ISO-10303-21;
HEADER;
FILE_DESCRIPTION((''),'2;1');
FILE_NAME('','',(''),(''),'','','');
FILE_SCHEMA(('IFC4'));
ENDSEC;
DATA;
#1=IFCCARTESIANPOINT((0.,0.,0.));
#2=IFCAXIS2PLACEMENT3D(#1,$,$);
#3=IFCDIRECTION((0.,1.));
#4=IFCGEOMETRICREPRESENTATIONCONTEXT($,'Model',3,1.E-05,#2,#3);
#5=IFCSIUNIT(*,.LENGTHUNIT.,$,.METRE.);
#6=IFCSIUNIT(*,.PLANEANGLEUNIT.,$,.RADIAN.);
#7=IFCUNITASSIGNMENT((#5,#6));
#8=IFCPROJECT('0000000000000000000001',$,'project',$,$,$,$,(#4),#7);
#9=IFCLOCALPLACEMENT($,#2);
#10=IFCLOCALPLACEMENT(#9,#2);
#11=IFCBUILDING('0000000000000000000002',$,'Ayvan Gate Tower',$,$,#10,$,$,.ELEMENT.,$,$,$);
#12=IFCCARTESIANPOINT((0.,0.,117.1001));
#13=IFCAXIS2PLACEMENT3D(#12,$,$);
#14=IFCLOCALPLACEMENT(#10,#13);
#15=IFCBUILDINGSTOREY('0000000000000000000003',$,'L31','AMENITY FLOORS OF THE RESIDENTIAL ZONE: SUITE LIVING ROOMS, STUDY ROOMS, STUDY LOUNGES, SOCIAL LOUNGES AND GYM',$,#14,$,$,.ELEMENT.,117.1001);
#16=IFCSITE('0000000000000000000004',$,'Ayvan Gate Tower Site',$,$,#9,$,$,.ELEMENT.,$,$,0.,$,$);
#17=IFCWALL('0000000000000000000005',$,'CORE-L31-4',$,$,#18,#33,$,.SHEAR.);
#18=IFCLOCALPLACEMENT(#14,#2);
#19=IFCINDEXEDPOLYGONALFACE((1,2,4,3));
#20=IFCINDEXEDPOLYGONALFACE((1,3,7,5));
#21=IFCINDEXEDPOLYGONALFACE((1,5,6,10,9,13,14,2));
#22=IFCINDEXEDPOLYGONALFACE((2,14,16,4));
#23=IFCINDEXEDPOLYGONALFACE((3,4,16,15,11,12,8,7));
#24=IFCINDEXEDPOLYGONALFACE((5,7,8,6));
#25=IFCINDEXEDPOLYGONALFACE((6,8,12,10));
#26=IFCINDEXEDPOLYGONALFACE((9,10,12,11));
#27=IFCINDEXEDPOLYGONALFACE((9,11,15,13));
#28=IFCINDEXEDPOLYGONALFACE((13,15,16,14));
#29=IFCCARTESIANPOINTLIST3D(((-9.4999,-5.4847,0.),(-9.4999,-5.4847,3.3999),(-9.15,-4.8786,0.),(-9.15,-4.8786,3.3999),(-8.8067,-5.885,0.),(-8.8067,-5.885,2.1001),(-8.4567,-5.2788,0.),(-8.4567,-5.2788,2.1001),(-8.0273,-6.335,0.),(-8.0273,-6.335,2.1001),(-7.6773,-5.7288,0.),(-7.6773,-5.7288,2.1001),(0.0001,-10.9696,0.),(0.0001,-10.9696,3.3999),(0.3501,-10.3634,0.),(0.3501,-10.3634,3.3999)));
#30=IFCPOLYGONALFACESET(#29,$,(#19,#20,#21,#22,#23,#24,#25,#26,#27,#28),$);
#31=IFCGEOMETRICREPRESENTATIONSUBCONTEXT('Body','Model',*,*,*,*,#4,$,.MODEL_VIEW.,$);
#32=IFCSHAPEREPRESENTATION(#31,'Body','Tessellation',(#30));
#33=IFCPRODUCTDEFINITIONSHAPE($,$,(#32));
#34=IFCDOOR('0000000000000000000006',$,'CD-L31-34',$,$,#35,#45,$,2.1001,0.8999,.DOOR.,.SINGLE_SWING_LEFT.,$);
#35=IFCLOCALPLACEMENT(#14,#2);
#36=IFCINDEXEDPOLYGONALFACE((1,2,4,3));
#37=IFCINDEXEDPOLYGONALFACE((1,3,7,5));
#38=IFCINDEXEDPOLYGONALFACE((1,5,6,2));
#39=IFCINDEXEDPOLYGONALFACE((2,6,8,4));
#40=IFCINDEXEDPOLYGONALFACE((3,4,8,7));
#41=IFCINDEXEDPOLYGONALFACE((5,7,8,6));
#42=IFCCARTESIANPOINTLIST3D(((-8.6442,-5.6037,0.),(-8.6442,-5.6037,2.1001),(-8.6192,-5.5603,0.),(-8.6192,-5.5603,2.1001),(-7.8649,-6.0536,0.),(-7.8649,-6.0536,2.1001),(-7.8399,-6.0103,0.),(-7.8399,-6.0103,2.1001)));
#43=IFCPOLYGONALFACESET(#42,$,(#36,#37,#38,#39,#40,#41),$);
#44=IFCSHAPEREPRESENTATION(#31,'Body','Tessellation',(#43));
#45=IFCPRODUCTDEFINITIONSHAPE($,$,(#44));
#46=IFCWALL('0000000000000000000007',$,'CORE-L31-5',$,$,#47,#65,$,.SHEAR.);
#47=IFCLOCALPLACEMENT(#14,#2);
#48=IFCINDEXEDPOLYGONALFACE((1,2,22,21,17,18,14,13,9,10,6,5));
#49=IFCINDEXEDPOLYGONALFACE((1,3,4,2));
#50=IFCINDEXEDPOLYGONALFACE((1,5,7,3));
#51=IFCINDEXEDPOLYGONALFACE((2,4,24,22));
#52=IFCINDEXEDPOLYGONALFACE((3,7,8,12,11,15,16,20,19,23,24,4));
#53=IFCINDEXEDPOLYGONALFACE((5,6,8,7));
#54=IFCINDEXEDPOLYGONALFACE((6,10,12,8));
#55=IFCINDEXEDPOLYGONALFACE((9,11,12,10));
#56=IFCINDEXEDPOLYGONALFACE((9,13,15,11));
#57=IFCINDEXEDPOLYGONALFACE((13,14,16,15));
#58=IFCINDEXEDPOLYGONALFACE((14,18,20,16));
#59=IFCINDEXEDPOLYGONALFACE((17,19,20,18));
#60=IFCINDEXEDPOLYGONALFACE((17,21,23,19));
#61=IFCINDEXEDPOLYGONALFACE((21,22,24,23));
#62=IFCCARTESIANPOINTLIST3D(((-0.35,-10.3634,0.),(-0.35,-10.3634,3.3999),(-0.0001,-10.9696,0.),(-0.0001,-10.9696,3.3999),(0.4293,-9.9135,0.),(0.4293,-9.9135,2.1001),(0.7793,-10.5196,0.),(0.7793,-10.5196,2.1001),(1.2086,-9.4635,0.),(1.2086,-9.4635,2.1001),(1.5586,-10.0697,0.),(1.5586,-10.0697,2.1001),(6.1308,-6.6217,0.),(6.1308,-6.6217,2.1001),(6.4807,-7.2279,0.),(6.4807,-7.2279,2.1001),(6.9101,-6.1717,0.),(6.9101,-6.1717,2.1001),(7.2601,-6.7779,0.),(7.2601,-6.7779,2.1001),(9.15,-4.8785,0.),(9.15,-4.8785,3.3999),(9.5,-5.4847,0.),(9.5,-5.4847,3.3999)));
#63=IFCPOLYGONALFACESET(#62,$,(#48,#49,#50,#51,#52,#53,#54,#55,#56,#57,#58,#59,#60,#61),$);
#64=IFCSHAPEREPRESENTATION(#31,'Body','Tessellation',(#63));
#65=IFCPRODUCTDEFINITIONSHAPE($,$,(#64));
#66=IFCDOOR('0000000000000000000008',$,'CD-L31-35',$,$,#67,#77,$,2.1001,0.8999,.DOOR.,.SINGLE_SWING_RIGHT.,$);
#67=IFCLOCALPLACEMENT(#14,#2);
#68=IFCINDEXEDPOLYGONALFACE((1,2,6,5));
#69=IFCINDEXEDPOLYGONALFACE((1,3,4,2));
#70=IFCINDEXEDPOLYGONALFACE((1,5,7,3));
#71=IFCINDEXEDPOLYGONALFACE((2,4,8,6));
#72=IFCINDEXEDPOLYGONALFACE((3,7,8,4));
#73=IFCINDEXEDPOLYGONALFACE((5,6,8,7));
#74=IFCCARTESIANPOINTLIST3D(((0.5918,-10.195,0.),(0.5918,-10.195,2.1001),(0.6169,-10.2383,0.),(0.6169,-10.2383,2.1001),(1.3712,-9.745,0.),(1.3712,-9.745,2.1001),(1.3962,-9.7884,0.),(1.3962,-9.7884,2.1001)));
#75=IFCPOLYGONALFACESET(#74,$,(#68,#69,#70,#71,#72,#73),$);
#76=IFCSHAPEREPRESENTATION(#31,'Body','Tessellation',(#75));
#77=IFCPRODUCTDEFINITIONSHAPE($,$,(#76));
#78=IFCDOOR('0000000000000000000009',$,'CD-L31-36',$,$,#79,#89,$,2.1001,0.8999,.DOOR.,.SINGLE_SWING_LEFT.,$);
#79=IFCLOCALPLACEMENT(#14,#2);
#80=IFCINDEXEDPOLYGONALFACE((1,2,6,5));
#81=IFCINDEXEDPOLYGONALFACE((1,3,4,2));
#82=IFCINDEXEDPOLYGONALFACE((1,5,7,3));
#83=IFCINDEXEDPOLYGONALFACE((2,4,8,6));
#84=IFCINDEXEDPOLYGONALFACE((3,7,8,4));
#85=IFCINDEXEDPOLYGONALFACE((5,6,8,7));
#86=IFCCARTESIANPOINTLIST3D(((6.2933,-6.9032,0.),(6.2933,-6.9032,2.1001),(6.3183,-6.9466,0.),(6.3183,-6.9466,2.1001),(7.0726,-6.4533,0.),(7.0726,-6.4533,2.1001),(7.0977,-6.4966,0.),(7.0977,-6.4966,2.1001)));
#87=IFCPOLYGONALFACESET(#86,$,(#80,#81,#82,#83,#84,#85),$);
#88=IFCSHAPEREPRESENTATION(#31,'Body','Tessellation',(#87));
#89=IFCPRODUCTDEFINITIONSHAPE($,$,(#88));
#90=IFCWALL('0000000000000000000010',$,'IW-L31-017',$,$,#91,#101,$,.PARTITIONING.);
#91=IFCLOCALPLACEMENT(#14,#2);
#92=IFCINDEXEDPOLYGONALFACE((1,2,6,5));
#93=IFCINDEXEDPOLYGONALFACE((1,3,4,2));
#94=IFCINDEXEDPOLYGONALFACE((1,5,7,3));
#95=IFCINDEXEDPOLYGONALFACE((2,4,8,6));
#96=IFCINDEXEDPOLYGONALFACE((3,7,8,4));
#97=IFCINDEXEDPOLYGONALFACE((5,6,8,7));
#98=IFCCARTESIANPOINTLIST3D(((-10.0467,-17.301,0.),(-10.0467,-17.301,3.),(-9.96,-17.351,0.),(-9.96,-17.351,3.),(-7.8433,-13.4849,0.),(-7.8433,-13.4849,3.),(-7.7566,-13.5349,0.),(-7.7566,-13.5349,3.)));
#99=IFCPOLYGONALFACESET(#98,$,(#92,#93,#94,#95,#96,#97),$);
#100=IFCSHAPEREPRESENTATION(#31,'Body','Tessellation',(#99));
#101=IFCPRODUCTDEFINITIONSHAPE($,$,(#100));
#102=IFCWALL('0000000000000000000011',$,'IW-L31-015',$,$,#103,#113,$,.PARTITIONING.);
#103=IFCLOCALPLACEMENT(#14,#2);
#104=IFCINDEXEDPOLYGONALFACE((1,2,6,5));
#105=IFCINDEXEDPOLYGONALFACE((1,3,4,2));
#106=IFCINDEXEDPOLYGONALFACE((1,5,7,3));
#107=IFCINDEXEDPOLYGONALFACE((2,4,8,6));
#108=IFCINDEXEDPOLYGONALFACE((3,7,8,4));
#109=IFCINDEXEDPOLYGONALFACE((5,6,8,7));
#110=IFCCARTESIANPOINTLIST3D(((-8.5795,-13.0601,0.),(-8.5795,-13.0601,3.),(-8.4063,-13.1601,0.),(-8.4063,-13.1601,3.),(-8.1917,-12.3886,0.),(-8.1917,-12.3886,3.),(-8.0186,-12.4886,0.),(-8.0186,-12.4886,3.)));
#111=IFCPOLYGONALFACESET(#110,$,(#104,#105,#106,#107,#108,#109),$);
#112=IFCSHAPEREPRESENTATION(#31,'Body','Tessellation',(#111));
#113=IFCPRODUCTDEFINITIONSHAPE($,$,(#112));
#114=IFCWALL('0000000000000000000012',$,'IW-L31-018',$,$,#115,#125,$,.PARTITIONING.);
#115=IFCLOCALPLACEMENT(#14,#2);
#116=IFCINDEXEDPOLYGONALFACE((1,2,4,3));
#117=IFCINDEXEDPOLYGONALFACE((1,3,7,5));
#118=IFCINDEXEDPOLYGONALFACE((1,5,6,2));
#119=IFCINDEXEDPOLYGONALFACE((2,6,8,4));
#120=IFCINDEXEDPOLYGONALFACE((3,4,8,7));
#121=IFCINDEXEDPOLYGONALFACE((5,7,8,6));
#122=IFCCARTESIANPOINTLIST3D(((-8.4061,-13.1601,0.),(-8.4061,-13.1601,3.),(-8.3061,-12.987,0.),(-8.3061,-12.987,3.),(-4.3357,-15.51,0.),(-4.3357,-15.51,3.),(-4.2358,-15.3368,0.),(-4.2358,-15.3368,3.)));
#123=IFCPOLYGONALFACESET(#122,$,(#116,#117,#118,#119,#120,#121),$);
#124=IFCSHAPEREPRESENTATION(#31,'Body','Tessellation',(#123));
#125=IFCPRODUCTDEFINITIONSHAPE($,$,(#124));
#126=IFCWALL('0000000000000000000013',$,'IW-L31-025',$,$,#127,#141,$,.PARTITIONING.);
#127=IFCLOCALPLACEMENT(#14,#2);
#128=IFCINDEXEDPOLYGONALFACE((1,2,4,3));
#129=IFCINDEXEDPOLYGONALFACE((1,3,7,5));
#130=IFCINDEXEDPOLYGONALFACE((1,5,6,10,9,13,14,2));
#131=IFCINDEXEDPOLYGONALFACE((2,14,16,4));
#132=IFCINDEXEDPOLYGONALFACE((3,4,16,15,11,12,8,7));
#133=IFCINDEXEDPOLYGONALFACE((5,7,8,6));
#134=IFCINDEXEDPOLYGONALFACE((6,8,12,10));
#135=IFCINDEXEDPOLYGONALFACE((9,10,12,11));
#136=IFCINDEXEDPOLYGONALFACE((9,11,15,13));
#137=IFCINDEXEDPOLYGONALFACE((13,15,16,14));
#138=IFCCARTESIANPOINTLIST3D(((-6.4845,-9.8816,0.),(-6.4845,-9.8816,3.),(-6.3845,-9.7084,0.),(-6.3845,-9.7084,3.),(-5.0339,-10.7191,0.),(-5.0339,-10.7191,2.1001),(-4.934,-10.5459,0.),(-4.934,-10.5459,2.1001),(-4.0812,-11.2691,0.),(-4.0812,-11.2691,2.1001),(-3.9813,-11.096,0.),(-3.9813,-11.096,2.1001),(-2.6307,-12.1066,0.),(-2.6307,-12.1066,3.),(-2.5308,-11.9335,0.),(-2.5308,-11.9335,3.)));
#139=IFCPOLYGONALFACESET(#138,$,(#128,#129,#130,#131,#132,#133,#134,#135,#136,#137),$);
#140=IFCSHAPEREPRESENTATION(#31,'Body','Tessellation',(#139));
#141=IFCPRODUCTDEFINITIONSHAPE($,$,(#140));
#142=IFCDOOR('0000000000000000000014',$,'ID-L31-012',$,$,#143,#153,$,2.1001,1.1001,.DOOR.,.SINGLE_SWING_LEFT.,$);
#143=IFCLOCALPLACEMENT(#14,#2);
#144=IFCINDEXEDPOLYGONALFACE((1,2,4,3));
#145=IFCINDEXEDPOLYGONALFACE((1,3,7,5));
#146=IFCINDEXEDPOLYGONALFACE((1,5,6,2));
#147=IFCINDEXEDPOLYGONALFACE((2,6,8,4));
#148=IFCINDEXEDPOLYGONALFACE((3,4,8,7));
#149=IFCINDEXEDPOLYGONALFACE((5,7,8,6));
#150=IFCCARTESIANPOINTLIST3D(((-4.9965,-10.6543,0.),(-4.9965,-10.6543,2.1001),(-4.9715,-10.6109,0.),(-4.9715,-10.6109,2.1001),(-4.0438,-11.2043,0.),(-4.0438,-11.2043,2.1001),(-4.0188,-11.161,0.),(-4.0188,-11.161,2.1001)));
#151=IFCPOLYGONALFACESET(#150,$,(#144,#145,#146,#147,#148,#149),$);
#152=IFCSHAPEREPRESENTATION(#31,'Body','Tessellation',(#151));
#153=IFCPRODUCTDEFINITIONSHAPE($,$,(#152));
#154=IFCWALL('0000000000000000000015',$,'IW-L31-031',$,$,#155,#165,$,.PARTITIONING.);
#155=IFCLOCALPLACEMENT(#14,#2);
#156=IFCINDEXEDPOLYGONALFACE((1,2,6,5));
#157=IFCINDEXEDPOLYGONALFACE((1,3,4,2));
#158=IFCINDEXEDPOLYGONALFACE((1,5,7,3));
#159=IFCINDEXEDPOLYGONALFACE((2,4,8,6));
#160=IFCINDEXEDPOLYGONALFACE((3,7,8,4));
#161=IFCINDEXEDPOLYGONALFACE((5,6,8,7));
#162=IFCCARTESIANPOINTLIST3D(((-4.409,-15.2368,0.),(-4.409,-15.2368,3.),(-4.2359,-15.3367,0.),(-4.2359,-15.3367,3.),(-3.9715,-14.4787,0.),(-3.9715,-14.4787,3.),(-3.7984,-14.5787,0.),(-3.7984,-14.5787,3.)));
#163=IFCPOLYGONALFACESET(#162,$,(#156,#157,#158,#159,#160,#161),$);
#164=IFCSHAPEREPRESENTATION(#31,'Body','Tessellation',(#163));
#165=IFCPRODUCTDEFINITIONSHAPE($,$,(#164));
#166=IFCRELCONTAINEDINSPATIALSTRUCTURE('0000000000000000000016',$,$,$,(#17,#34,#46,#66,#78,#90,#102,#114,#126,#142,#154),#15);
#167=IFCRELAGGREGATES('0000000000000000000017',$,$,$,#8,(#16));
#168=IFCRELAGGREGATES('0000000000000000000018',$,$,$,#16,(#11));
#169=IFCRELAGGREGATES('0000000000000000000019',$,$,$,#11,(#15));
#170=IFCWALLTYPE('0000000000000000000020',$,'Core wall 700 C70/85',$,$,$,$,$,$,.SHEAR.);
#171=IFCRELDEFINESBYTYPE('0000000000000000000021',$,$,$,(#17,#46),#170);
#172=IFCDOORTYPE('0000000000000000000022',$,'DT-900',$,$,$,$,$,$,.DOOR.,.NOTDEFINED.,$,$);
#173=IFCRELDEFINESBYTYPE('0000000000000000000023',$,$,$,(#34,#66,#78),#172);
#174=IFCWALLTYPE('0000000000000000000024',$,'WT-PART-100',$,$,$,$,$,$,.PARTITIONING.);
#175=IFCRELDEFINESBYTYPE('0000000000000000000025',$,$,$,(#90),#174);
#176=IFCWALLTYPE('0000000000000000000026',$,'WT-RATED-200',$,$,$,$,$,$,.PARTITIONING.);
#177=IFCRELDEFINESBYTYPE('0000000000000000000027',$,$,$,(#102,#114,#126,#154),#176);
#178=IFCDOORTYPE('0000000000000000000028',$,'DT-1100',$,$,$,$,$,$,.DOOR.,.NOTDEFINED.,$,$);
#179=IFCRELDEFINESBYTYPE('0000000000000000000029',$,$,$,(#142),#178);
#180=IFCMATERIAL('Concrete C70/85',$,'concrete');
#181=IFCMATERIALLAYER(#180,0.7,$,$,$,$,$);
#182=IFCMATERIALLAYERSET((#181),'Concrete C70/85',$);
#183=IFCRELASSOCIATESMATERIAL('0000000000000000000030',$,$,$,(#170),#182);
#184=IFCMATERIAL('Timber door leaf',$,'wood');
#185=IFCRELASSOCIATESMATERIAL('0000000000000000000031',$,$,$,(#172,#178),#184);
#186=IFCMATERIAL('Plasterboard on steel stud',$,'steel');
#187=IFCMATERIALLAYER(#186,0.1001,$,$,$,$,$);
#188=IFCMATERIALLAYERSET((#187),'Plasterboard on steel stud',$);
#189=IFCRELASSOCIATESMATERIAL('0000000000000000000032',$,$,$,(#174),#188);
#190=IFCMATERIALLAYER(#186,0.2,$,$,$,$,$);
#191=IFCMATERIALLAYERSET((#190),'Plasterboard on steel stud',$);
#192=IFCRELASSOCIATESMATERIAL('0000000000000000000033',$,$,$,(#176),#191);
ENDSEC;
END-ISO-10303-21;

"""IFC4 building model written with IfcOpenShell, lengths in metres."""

from ifc_helpers import new_model, si_unit, direction, frame, frame_2d, origin, place, context, subcontext, project, spatial, rectangle, extrude, material, layer, layer_set, type_object, element, fill, save


model = new_model("IFC4")

# Units and contexts
model_context = context("Model", 3, precision=1e-05, world=origin(), true_north=direction((0.0, 1.0)))
body_context = subcontext(model_context, "Body", "Model", "MODEL_VIEW")
ifc_project = project(units=[si_unit("LENGTHUNIT", "METRE"), si_unit("PLANEANGLEUNIT", "RADIAN")], contexts=[model_context])

# Site, building, storey
site_placement = place(None, origin())
site = spatial("IfcSite", under=ifc_project, at=site_placement, Name="Ayvan Gate Tower Site", CompositionType="ELEMENT", RefElevation=0.0)
building_placement = place(site_placement, origin())
building = spatial("IfcBuilding", under=site, at=building_placement, Name="Ayvan Gate Tower", CompositionType="ELEMENT")
storey_placement = place(building_placement, frame((0.0, 0.0, 117.1001)))
storey = spatial("IfcBuildingStorey", under=building, at=storey_placement, Name="L31", Description="AMENITY FLOORS OF THE RESIDENTIAL ZONE: SUITE LIVING ROOMS, STUDY ROOMS, STUDY LOUNGES, SOCIAL LOUNGES AND GYM", CompositionType="ELEMENT", Elevation=117.1001)

# Wall, opening, door
ifc_material_1 = material(Name="Concrete C70/85", Category="concrete")
ifc_layer_1 = layer(ifc_material_1, 0.7)
ifc_layer_set_1 = layer_set([ifc_layer_1], Name="Concrete C70/85")
wall_type_1 = type_object("IfcWallType", Name="Core wall 700 C70/85", PredefinedType="SHEAR", material=ifc_layer_set_1)
wall_1_placement = place(storey_placement, frame((-9.325, -5.1816, 0.0), z_axis=(0.0, 0.0, 1.0), x_axis=(0.866024, -0.500002, 0.0)))
wall_1 = element("IfcWall", 1, at=wall_1_placement, inside=storey, type_object=wall_type_1, Name="CORE-L31-4", PredefinedType="SHEAR", context=body_context, shape_type="SweptSolid", body=[
    extrude(rectangle(XDim=10.9697, YDim=0.7, at=frame_2d((5.4849, 0.0))), origin(), (0.0, 0.0, 1.0), 3.3999),
])
opening_1_placement = place(wall_1_placement, frame((0.8005, 0.0, 0.0)))
opening_1 = element("IfcOpeningElement", 2, at=opening_1_placement, cuts=wall_1, PredefinedType="OPENING", context=body_context, shape_type="SweptSolid", body=[
    extrude(rectangle(XDim=0.8999, YDim=2.1001, at=frame_2d((0.45, 1.05))), frame((0.0, 0.3599, 0.0), z_axis=(0.0, -1.0, 0.0), x_axis=(1.0, 0.0, 0.0)), (0.0, 0.0, 1.0), 0.72),
])
ifc_material_2 = material(Name="Timber door leaf", Category="wood")
door_type_1 = type_object("IfcDoorType", Name="DT-900", OperationType="NOTDEFINED", PredefinedType="DOOR", material=ifc_material_2)
door_1_placement = place(opening_1_placement, origin())
door_1 = element("IfcDoor", 3, at=door_1_placement, inside=storey, type_object=door_type_1, Name="CD-L31-34", OperationType="SINGLE_SWING_LEFT", OverallHeight=2.1001, OverallWidth=0.8999, PredefinedType="DOOR", context=body_context, shape_type="SweptSolid", body=[
    extrude(rectangle(XDim=0.8999, YDim=2.1001, at=frame_2d((0.45, 1.05))), frame((0.0, 0.0249, 0.0), z_axis=(0.0, -1.0, 0.0), x_axis=(1.0, 0.0, 0.0)), (0.0, 0.0, 1.0), 0.05),
])
fill(opening_1, door_1)

# Wall, openings, doors
wall_2_placement = place(storey_placement, frame((-0.175, -10.6665, 0.0), z_axis=(0.0, 0.0, 1.0), x_axis=(0.866024, 0.500002, 0.0)))
wall_2 = element("IfcWall", 4, at=wall_2_placement, inside=storey, type_object=wall_type_1, Name="CORE-L31-5", PredefinedType="SHEAR", context=body_context, shape_type="SweptSolid", body=[
    extrude(rectangle(XDim=10.9697, YDim=0.7, at=frame_2d((5.4849, 0.0))), origin(), (0.0, 0.0, 1.0), 3.3999),
])
opening_2_placement = place(wall_2_placement, frame((0.8999, 0.0, 0.0)))
opening_2 = element("IfcOpeningElement", 5, at=opening_2_placement, cuts=wall_2, PredefinedType="OPENING", context=body_context, shape_type="SweptSolid", body=[
    extrude(rectangle(XDim=0.8999, YDim=2.1001, at=frame_2d((0.45, 1.05))), frame((0.0, 0.3599, 0.0), z_axis=(0.0, -1.0, 0.0), x_axis=(1.0, 0.0, 0.0)), (0.0, 0.0, 1.0), 0.72),
])
opening_3_placement = place(wall_2_placement, frame((7.4834, 0.0, 0.0)))
opening_3 = element("IfcOpeningElement", 6, at=opening_3_placement, cuts=wall_2, PredefinedType="OPENING", context=body_context, shape_type="SweptSolid", body=[
    extrude(rectangle(XDim=0.8999, YDim=2.1001, at=frame_2d((0.45, 1.05))), frame((0.0, 0.3599, 0.0), z_axis=(0.0, -1.0, 0.0), x_axis=(1.0, 0.0, 0.0)), (0.0, 0.0, 1.0), 0.72),
])
door_2_placement = place(opening_2_placement, origin())
door_2 = element("IfcDoor", 7, at=door_2_placement, inside=storey, type_object=door_type_1, Name="CD-L31-35", OperationType="SINGLE_SWING_RIGHT", OverallHeight=2.1001, OverallWidth=0.8999, PredefinedType="DOOR", context=body_context, shape_type="SweptSolid", body=[
    extrude(rectangle(XDim=0.8999, YDim=2.1001, at=frame_2d((0.45, 1.05))), frame((0.0, 0.0249, 0.0), z_axis=(0.0, -1.0, 0.0), x_axis=(1.0, 0.0, 0.0)), (0.0, 0.0, 1.0), 0.05),
])
fill(opening_2, door_2)
door_3_placement = place(opening_3_placement, origin())
door_3 = element("IfcDoor", 8, at=door_3_placement, inside=storey, type_object=door_type_1, Name="CD-L31-36", OperationType="SINGLE_SWING_LEFT", OverallHeight=2.1001, OverallWidth=0.8999, PredefinedType="DOOR", context=body_context, shape_type="SweptSolid", body=[
    extrude(rectangle(XDim=0.8999, YDim=2.1001, at=frame_2d((0.45, 1.05))), frame((0.0, 0.0249, 0.0), z_axis=(0.0, -1.0, 0.0), x_axis=(1.0, 0.0, 0.0)), (0.0, 0.0, 1.0), 0.05),
])
fill(opening_3, door_3)

# Walls
ifc_material_3 = material(Name="Plasterboard on steel stud", Category="steel")
ifc_layer_2 = layer(ifc_material_3, 0.1001)
ifc_layer_set_2 = layer_set([ifc_layer_2], Name="Plasterboard on steel stud")
wall_type_2 = type_object("IfcWallType", Name="WT-PART-100", PredefinedType="PARTITIONING", material=ifc_layer_set_2)
wall_3_placement = place(storey_placement, frame((-7.8, -13.51, 0.0), z_axis=(0.0, 0.0, 1.0), x_axis=(-0.500018, -0.866015, 0.0)))
element("IfcWall", 9, at=wall_3_placement, inside=storey, type_object=wall_type_2, Name="IW-L31-017", PredefinedType="PARTITIONING", context=body_context, shape_type="SweptSolid", body=[
    extrude(rectangle(XDim=4.4065, YDim=0.1001, at=frame_2d((2.2031, 0.0))), origin(), (0.0, 0.0, 1.0), 3.0),
])
ifc_layer_3 = layer(ifc_material_3, 0.2)
ifc_layer_set_3 = layer_set([ifc_layer_3], Name="Plasterboard on steel stud")
wall_type_3 = type_object("IfcWallType", Name="WT-RATED-200", PredefinedType="PARTITIONING", material=ifc_layer_set_3)
wall_4_placement = place(storey_placement, frame((-8.4929, -13.1101, 0.0), z_axis=(0.0, 0.0, 1.0), x_axis=(0.500068, 0.865986, 0.0)))
element("IfcWall", 10, at=wall_4_placement, inside=storey, type_object=wall_type_3, Name="IW-L31-015", PredefinedType="PARTITIONING", context=body_context, shape_type="SweptSolid", body=[
    extrude(rectangle(XDim=0.7754, YDim=0.2, at=frame_2d((0.3877, 0.0))), origin(), (0.0, 0.0, 1.0), 3.0),
])
wall_5_placement = place(storey_placement, frame((-8.3562, -13.0735, 0.0), z_axis=(0.0, 0.0, 1.0), x_axis=(0.866039, -0.499977, 0.0)))
element("IfcWall", 11, at=wall_5_placement, inside=storey, type_object=wall_type_3, Name="IW-L31-018", PredefinedType="PARTITIONING", context=body_context, shape_type="SweptSolid", body=[
    extrude(rectangle(XDim=4.7, YDim=0.2, at=frame_2d((2.3501, 0.0))), origin(), (0.0, 0.0, 1.0), 3.0),
])

# Wall, opening, door
wall_6_placement = place(storey_placement, frame((-6.4346, -9.7949, 0.0), z_axis=(0.0, 0.0, 1.0), x_axis=(0.866013, -0.500022, 0.0)))
wall_6 = element("IfcWall", 12, at=wall_6_placement, inside=storey, type_object=wall_type_3, Name="IW-L31-025", PredefinedType="PARTITIONING", context=body_context, shape_type="SweptSolid", body=[
    extrude(rectangle(XDim=4.45, YDim=0.2, at=frame_2d((2.2251, 0.0))), origin(), (0.0, 0.0, 1.0), 3.0),
])
opening_4_placement = place(wall_6_placement, frame((1.675, 0.0, 0.0)))
opening_4 = element("IfcOpeningElement", 13, at=opening_4_placement, cuts=wall_6, PredefinedType="OPENING", context=body_context, shape_type="SweptSolid", body=[
    extrude(rectangle(XDim=1.1001, YDim=2.1001, at=frame_2d((0.55, 1.05))), frame((0.0, 0.1099, 0.0), z_axis=(0.0, -1.0, 0.0), x_axis=(1.0, 0.0, 0.0)), (0.0, 0.0, 1.0), 0.22),
])
door_type_2 = type_object("IfcDoorType", Name="DT-1100", OperationType="NOTDEFINED", PredefinedType="DOOR", material=ifc_material_2)
door_4_placement = place(opening_4_placement, origin())
door_4 = element("IfcDoor", 14, at=door_4_placement, inside=storey, type_object=door_type_2, Name="ID-L31-012", OperationType="SINGLE_SWING_LEFT", OverallHeight=2.1001, OverallWidth=1.1001, PredefinedType="DOOR", context=body_context, shape_type="SweptSolid", body=[
    extrude(rectangle(XDim=1.1001, YDim=2.1001, at=frame_2d((0.55, 1.05))), frame((0.0, 0.0249, 0.0), z_axis=(0.0, -1.0, 0.0), x_axis=(1.0, 0.0, 0.0)), (0.0, 0.0, 1.0), 0.05),
])
fill(opening_4, door_4)

# Wall
wall_7_placement = place(storey_placement, frame((-3.885, -14.5288, 0.0), z_axis=(0.0, 0.0, 1.0), x_axis=(-0.499859, -0.866107, 0.0)))
element("IfcWall", 15, at=wall_7_placement, inside=storey, type_object=wall_type_3, Name="IW-L31-031", PredefinedType="PARTITIONING", context=body_context, shape_type="SweptSolid", body=[
    extrude(rectangle(XDim=0.8752, YDim=0.2, at=frame_2d((0.4375, 0.0))), origin(), (0.0, 0.0, 1.0), 3.0),
])

save(model, "model.ifc")
